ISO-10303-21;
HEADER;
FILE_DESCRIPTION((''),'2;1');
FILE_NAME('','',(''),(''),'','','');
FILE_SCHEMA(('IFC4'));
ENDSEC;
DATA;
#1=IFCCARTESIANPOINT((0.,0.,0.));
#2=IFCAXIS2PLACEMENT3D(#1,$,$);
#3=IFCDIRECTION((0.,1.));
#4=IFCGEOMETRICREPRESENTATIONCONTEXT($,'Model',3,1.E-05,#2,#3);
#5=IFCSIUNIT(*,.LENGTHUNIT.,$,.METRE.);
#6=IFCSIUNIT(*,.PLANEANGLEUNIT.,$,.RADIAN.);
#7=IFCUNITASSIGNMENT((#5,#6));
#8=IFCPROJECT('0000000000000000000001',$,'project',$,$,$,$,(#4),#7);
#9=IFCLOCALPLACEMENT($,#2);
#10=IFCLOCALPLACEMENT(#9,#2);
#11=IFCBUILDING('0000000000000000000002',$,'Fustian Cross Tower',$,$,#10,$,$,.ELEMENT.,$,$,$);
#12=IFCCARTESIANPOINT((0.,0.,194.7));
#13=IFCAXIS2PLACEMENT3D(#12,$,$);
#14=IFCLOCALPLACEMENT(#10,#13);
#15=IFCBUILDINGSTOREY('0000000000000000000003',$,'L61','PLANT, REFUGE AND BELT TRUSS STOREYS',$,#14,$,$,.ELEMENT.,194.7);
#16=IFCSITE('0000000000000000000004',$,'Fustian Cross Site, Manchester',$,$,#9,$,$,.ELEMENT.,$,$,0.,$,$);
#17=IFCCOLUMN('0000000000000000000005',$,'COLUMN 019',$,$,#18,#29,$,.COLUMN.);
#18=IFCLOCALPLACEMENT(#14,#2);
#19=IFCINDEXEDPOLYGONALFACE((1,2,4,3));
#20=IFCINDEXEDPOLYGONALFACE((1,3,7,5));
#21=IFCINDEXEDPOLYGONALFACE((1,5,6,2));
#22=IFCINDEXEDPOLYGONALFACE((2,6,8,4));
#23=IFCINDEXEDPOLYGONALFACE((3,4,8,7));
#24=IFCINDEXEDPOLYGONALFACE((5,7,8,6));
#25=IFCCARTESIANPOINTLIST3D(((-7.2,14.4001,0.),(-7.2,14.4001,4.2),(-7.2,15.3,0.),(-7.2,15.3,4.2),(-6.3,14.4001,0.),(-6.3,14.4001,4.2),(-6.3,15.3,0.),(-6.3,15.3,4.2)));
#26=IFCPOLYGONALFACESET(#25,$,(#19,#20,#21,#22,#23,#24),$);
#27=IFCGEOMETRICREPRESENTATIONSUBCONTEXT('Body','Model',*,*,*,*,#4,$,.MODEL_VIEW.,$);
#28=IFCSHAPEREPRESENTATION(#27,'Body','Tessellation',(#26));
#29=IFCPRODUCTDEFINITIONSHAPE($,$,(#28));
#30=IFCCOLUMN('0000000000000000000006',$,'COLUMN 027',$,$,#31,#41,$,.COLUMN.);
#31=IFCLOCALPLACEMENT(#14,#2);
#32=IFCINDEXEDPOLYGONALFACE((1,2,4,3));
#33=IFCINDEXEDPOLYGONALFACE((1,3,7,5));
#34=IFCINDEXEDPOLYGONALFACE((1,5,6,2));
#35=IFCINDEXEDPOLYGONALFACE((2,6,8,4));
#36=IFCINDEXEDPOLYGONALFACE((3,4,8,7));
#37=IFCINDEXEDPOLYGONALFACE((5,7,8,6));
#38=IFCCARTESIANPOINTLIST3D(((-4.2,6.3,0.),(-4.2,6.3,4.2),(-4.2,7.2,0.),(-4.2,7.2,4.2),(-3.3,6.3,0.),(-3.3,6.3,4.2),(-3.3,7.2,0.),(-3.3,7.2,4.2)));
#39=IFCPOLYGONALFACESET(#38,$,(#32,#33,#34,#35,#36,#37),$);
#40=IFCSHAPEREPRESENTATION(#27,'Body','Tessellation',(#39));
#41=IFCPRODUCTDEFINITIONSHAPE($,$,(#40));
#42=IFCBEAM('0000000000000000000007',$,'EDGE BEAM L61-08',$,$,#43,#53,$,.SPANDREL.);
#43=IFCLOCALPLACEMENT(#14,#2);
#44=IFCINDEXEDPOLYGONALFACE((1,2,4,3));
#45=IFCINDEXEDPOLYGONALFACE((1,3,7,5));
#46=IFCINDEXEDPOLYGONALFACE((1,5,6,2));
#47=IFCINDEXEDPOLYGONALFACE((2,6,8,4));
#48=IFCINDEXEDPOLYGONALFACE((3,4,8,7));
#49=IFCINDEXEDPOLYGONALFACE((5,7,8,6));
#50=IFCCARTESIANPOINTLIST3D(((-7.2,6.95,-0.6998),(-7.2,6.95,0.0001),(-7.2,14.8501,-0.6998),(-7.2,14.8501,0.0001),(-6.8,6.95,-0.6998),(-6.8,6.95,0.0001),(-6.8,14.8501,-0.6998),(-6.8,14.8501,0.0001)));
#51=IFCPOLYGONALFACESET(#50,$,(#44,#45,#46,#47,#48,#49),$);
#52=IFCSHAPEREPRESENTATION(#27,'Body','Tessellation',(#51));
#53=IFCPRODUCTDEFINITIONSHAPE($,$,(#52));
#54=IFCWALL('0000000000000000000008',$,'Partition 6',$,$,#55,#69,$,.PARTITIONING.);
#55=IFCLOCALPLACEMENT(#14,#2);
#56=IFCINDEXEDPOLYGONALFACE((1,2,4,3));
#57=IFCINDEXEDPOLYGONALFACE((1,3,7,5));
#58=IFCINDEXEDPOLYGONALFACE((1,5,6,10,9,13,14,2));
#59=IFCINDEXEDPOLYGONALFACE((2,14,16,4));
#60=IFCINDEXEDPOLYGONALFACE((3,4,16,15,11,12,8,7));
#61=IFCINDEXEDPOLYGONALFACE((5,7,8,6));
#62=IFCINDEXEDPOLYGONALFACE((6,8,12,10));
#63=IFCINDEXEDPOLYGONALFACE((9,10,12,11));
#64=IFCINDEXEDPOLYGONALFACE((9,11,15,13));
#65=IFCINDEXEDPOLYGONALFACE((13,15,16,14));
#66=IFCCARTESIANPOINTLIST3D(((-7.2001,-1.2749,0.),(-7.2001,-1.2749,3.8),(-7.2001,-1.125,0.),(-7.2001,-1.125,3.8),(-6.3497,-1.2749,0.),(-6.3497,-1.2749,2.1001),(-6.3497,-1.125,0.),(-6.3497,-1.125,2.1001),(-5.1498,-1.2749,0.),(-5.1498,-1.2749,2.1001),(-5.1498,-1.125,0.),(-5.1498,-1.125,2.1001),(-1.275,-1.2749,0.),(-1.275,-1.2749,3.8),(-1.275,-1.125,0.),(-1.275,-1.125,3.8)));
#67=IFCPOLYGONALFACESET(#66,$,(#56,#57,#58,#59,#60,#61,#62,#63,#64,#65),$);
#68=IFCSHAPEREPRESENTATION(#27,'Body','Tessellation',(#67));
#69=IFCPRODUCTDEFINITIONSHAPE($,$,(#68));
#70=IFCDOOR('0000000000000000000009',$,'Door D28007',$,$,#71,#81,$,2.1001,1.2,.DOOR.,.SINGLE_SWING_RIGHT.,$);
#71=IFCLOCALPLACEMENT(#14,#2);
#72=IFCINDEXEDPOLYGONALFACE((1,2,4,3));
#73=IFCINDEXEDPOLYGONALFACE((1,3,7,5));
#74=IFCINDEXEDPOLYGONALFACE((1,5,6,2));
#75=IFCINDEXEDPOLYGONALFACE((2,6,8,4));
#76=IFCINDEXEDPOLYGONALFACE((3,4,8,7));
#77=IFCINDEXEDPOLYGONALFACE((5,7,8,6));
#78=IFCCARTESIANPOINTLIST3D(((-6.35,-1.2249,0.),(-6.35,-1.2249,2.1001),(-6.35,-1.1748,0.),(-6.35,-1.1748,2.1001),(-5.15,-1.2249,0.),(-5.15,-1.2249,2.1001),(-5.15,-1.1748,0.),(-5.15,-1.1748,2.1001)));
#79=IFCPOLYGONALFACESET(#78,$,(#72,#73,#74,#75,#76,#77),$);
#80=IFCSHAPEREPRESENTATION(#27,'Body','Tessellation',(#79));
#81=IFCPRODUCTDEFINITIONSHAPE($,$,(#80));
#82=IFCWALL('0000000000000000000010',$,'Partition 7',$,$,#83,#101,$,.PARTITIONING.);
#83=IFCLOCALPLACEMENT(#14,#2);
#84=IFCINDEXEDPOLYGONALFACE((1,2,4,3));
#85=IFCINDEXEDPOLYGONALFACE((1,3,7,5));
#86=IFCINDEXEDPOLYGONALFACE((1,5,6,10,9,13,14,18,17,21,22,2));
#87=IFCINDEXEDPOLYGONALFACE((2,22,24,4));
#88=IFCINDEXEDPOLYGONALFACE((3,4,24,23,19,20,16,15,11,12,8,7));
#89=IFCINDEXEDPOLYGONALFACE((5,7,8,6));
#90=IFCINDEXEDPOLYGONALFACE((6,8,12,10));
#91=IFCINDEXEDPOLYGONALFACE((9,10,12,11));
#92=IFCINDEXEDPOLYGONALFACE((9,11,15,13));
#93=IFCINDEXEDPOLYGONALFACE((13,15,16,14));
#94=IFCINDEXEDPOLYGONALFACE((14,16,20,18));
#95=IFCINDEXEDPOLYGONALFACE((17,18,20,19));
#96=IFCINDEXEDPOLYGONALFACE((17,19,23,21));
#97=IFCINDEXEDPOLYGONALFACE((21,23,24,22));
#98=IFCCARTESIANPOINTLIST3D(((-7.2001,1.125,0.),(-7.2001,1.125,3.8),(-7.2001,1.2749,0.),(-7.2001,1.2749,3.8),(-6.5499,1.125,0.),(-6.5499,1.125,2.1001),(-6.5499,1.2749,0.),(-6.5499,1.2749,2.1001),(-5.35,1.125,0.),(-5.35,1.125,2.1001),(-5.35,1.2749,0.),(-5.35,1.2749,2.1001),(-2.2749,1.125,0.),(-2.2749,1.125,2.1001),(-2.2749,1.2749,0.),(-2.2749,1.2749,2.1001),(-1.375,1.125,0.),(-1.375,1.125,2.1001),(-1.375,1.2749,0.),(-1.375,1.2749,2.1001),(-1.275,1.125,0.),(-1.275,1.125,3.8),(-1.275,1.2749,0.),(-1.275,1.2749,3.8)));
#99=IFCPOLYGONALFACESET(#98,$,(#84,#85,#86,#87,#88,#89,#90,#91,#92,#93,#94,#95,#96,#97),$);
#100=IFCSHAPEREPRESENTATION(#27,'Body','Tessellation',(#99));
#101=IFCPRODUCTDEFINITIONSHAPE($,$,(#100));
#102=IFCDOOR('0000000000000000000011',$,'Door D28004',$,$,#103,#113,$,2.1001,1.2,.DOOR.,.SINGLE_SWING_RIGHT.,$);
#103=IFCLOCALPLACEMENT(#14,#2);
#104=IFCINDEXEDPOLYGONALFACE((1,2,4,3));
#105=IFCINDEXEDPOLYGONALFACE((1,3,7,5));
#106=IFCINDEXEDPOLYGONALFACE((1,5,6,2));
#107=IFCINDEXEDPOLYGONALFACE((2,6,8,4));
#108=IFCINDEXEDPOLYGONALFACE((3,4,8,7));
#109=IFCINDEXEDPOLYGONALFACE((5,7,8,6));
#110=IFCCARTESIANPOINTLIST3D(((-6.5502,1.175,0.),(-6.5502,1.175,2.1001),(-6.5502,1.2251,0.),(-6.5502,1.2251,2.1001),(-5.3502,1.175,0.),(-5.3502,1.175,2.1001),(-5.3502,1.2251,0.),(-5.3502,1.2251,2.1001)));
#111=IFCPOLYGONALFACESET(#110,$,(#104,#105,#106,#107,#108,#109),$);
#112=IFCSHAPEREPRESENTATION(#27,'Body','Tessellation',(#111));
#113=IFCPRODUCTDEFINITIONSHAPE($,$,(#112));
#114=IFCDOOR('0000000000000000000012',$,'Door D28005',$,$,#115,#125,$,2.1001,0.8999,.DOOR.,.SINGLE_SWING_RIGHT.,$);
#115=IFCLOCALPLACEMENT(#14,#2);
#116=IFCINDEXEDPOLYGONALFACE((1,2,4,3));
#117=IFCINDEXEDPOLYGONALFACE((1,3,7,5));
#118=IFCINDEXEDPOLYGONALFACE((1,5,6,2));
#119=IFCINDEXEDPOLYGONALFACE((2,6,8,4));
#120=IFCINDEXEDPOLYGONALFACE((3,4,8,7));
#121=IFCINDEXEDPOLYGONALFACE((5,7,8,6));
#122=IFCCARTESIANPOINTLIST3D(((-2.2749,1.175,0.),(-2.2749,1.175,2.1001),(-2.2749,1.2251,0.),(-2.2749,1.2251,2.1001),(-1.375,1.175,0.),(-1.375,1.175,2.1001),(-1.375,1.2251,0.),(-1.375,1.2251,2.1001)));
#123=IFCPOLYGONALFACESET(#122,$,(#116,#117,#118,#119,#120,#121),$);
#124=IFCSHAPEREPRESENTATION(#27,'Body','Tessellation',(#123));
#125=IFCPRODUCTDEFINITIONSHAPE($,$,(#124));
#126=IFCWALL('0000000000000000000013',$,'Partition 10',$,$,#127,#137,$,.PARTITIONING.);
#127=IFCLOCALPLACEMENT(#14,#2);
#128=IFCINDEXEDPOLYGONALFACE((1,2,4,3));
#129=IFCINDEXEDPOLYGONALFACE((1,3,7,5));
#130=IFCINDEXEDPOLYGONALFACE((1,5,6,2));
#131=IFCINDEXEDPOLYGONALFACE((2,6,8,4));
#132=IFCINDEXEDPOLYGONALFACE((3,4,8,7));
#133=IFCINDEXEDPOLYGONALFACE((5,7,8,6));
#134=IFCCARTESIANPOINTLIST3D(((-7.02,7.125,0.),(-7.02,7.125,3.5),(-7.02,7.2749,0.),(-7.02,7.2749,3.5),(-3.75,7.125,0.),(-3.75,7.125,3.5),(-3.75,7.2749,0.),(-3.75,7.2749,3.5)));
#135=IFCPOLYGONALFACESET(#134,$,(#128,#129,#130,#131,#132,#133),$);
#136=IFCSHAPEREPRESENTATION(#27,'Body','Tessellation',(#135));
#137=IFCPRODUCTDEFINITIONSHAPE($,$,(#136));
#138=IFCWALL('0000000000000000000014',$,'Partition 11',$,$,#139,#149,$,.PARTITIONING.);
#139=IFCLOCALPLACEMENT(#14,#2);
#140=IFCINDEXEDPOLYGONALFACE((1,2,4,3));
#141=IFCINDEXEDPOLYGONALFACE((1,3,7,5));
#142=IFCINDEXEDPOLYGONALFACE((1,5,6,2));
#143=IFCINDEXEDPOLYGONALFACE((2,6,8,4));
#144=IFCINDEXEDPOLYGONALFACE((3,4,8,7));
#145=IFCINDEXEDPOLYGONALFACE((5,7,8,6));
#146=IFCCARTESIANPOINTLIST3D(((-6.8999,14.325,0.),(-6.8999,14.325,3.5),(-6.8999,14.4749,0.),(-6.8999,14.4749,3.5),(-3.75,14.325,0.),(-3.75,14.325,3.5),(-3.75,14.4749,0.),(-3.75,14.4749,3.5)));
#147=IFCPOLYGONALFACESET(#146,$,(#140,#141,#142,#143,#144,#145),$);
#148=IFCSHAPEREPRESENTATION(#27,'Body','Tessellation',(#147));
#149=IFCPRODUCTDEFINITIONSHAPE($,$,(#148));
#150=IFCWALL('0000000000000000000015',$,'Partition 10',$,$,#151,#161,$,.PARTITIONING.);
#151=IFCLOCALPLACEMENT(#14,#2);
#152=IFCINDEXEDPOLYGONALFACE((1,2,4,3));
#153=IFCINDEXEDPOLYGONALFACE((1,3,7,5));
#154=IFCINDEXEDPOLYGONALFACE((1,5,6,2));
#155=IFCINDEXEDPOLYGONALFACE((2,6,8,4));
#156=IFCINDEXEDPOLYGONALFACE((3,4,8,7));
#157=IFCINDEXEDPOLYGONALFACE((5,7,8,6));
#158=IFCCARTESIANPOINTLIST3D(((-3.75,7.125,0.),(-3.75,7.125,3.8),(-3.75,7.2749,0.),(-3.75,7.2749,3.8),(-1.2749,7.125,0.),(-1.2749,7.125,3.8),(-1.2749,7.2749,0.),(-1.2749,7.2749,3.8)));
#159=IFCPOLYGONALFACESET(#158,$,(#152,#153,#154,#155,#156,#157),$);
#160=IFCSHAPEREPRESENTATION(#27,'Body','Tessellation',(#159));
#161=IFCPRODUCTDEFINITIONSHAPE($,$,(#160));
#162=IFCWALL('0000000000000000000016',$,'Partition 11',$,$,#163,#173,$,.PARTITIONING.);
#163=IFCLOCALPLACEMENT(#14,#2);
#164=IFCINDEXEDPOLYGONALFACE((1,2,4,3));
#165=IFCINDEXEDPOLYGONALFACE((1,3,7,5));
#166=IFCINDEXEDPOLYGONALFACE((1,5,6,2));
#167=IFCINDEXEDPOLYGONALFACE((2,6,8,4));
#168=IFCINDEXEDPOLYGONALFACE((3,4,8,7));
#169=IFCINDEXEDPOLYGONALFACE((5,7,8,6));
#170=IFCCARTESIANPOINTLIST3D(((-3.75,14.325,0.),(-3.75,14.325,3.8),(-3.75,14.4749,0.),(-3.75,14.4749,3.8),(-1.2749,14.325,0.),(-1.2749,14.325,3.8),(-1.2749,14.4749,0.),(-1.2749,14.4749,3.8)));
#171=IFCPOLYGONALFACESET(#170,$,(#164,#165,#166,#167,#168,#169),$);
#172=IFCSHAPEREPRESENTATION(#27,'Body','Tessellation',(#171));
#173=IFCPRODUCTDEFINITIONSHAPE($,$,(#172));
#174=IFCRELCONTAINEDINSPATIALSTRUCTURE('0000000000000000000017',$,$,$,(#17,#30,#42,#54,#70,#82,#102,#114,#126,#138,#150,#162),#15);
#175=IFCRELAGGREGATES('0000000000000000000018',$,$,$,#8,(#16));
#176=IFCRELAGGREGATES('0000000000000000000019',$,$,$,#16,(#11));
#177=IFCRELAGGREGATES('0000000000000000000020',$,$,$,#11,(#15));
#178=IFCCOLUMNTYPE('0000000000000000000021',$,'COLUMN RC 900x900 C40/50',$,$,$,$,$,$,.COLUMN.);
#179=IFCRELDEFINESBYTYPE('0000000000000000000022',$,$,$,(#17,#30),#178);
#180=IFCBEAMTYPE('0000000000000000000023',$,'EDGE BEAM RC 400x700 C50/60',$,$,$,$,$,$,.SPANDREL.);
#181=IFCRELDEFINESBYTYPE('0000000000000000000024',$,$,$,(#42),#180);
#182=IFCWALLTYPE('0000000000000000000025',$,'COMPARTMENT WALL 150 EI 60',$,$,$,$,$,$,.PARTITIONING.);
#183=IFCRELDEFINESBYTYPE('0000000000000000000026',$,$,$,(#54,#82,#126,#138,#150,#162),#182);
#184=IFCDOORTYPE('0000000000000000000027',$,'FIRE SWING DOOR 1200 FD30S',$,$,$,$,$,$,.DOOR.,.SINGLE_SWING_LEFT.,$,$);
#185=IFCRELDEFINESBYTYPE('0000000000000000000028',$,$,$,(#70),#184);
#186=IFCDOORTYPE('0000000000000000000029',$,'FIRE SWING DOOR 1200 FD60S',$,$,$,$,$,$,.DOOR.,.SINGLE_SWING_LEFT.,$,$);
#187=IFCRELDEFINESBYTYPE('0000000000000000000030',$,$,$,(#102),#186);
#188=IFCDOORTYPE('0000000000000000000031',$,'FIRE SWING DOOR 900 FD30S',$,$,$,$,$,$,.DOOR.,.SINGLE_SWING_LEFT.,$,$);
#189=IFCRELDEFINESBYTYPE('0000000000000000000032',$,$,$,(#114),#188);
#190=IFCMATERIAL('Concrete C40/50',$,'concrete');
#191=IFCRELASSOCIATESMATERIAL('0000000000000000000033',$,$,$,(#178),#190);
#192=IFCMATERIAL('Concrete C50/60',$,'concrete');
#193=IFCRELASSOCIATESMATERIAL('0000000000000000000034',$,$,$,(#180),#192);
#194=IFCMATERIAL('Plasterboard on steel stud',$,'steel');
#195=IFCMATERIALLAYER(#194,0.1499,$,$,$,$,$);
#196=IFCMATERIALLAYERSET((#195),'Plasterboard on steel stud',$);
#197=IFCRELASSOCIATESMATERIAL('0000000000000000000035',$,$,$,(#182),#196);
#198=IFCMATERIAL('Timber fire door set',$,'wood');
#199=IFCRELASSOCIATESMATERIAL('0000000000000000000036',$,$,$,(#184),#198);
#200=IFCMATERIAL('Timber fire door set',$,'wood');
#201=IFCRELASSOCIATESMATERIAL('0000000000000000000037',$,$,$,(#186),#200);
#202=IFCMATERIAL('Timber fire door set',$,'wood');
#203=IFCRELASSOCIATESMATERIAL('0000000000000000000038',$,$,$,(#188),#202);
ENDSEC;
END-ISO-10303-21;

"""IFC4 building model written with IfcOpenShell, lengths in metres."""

from ifc_helpers import new_model, si_unit, direction, frame, frame_2d, origin, origin_2d, place, context, subcontext, project, spatial, rectangle, extrude, material, layer, layer_set, material_profile, profile_set, type_object, element, fill, save


model = new_model("IFC4")

# Units and contexts
model_context = context("Model", 3, precision=1e-05, world=origin(), true_north=direction((0.0, 1.0)))
body_context = subcontext(model_context, "Body", "Model", "MODEL_VIEW")
ifc_project = project(units=[si_unit("LENGTHUNIT", "METRE"), si_unit("PLANEANGLEUNIT", "RADIAN")], contexts=[model_context])

# Site, building, storey
site_placement = place(None, origin())
site = spatial("IfcSite", under=ifc_project, at=site_placement, Name="Fustian Cross Site, Manchester", CompositionType="ELEMENT", RefElevation=0.0)
building_placement = place(site_placement, origin())
building = spatial("IfcBuilding", under=site, at=building_placement, Name="Fustian Cross Tower", CompositionType="ELEMENT")
storey_placement = place(building_placement, frame((0.0, 0.0, 194.7)))
storey = spatial("IfcBuildingStorey", under=building, at=storey_placement, Name="L61", Description="PLANT, REFUGE AND BELT TRUSS STOREYS", CompositionType="ELEMENT", Elevation=194.7)

# Columns
ifc_material_1 = material(Name="Concrete C40/50", Category="concrete")
ifc_material_profile_1 = material_profile(ifc_material_1, rectangle(XDim=0.8999, YDim=0.8999, at=origin_2d()), Name="RC 900x900")
ifc_profile_set_1 = profile_set([ifc_material_profile_1], Name="Concrete C40/50")
column_type = type_object("IfcColumnType", Name="COLUMN RC 900x900 C40/50", PredefinedType="COLUMN", material=ifc_profile_set_1)
for number, where, z_axis, x_axis, name in (
    (1, (-6.75, 14.8501, 0.0), (0.0, 0.0, 1.0), (1.0, 0.0, 0.0), "COLUMN 019"),
    (2, (-3.75, 6.75, 0.0), (0.0, 0.0, 1.0), (1.0, 0.0, 0.0), "COLUMN 027"),
):
    element("IfcColumn", number, at=place(storey_placement, frame(where, z_axis=z_axis, x_axis=x_axis)), inside=storey, type_object=column_type, Name=name, PredefinedType="COLUMN", context=body_context, shape_type="SweptSolid", body=[
        extrude(rectangle(XDim=0.8999, YDim=0.8999, at=origin_2d()), origin(), (0.0, 0.0, 1.0), 4.2),
    ])

# Beam
ifc_material_2 = material(Name="Concrete C50/60", Category="concrete")
ifc_material_profile_2 = material_profile(ifc_material_2, rectangle(XDim=0.3999, YDim=0.7, at=origin_2d()), Name="RC 400x700")
ifc_profile_set_2 = profile_set([ifc_material_profile_2], Name="Concrete C50/60")
beam_type = type_object("IfcBeamType", Name="EDGE BEAM RC 400x700 C50/60", PredefinedType="SPANDREL", material=ifc_profile_set_2)
beam_placement = place(storey_placement, frame((-7.0, 14.8501, -0.3499), z_axis=(0.0, -1.0, 0.0), x_axis=(1.0, 0.0, 0.0)))
element("IfcBeam", 3, at=beam_placement, inside=storey, type_object=beam_type, Name="EDGE BEAM L61-08", PredefinedType="SPANDREL", context=body_context, shape_type="SweptSolid", body=[
    extrude(rectangle(XDim=0.3999, YDim=0.7, at=origin_2d()), origin(), (0.0, 0.0, 1.0), 7.9001),
])

# Wall, opening, door
ifc_material_3 = material(Name="Plasterboard on steel stud", Category="steel")
ifc_layer_1 = layer(ifc_material_3, 0.1499)
ifc_layer_set_1 = layer_set([ifc_layer_1], Name="Plasterboard on steel stud")
wall_type_1 = type_object("IfcWallType", Name="COMPARTMENT WALL 150 EI 60", PredefinedType="PARTITIONING", material=ifc_layer_set_1)
wall_1_placement = place(storey_placement, frame((-7.2, -1.2, 0.0), z_axis=(0.0, 0.0, 1.0), x_axis=(1.0, 0.0, 0.0)))
wall_1 = element("IfcWall", 4, at=wall_1_placement, inside=storey, type_object=wall_type_1, Name="Partition 6", PredefinedType="PARTITIONING", context=body_context, shape_type="SweptSolid", body=[
    extrude(rectangle(XDim=5.925, YDim=0.1499, at=frame_2d((2.9624, 0.0))), origin(), (0.0, 0.0, 1.0), 3.8),
])
opening_1_placement = place(wall_1_placement, frame((0.8501, 0.0, 0.0)))
opening_1 = element("IfcOpeningElement", 5, at=opening_1_placement, cuts=wall_1, PredefinedType="OPENING", context=body_context, shape_type="SweptSolid", body=[
    extrude(rectangle(XDim=1.2, YDim=2.1001, at=frame_2d((0.6001, 1.05))), frame((0.0, 0.085, 0.0), z_axis=(0.0, -1.0, 0.0), x_axis=(1.0, 0.0, 0.0)), (0.0, 0.0, 1.0), 0.1699),
])
ifc_material_4 = material(Name="Timber fire door set", Category="wood")
door_type_1 = type_object("IfcDoorType", Name="FIRE SWING DOOR 1200 FD30S", OperationType="SINGLE_SWING_LEFT", PredefinedType="DOOR", material=ifc_material_4)
door_1_placement = place(opening_1_placement, frame((1.2, 0.0, 0.0), z_axis=(0.0, 0.0, 1.0), x_axis=(-1.0, 0.0, 0.0)))
door_1 = element("IfcDoor", 6, at=door_1_placement, inside=storey, type_object=door_type_1, Name="Door D28007", OperationType="SINGLE_SWING_RIGHT", OverallHeight=2.1001, OverallWidth=1.2, PredefinedType="DOOR", context=body_context, shape_type="SweptSolid", body=[
    extrude(rectangle(XDim=1.2, YDim=2.1001, at=frame_2d((0.6001, 1.05))), frame((0.0, 0.0249, 0.0), z_axis=(0.0, -1.0, 0.0), x_axis=(1.0, 0.0, 0.0)), (0.0, 0.0, 1.0), 0.05),
])
fill(opening_1, door_1)

# Wall, openings, doors
wall_2_placement = place(storey_placement, frame((-7.2, 1.2, 0.0), z_axis=(0.0, 0.0, 1.0), x_axis=(1.0, 0.0, 0.0)))
wall_2 = element("IfcWall", 7, at=wall_2_placement, inside=storey, type_object=wall_type_1, Name="Partition 7", PredefinedType="PARTITIONING", context=body_context, shape_type="SweptSolid", body=[
    extrude(rectangle(XDim=5.925, YDim=0.1499, at=frame_2d((2.9624, 0.0))), origin(), (0.0, 0.0, 1.0), 3.8),
])
opening_2_placement = place(wall_2_placement, frame((0.6499, 0.0, 0.0)))
opening_2 = element("IfcOpeningElement", 8, at=opening_2_placement, cuts=wall_2, PredefinedType="OPENING", context=body_context, shape_type="SweptSolid", body=[
    extrude(rectangle(XDim=1.2, YDim=2.1001, at=frame_2d((0.6001, 1.05))), frame((0.0, 0.085, 0.0), z_axis=(0.0, -1.0, 0.0), x_axis=(1.0, 0.0, 0.0)), (0.0, 0.0, 1.0), 0.1699),
])
opening_3_placement = place(wall_2_placement, frame((4.925, 0.0, 0.0)))
opening_3 = element("IfcOpeningElement", 9, at=opening_3_placement, cuts=wall_2, PredefinedType="OPENING", context=body_context, shape_type="SweptSolid", body=[
    extrude(rectangle(XDim=0.8999, YDim=2.1001, at=frame_2d((0.45, 1.05))), frame((0.0, 0.085, 0.0), z_axis=(0.0, -1.0, 0.0), x_axis=(1.0, 0.0, 0.0)), (0.0, 0.0, 1.0), 0.1699),
])
ifc_material_5 = material(Name="Timber fire door set", Category="wood")
door_type_2 = type_object("IfcDoorType", Name="FIRE SWING DOOR 1200 FD60S", OperationType="SINGLE_SWING_LEFT", PredefinedType="DOOR", material=ifc_material_5)
door_2_placement = place(opening_2_placement, frame((1.2, 0.0, 0.0), z_axis=(0.0, 0.0, 1.0), x_axis=(-1.0, 0.0, 0.0)))
door_2 = element("IfcDoor", 10, at=door_2_placement, inside=storey, type_object=door_type_2, Name="Door D28004", OperationType="SINGLE_SWING_RIGHT", OverallHeight=2.1001, OverallWidth=1.2, PredefinedType="DOOR", context=body_context, shape_type="SweptSolid", body=[
    extrude(rectangle(XDim=1.2, YDim=2.1001, at=frame_2d((0.6001, 1.05))), frame((0.0, 0.0249, 0.0), z_axis=(0.0, -1.0, 0.0), x_axis=(1.0, 0.0, 0.0)), (0.0, 0.0, 1.0), 0.05),
])
fill(opening_2, door_2)
ifc_material_6 = material(Name="Timber fire door set", Category="wood")
door_type_3 = type_object("IfcDoorType", Name="FIRE SWING DOOR 900 FD30S", OperationType="SINGLE_SWING_LEFT", PredefinedType="DOOR", material=ifc_material_6)
door_3_placement = place(opening_3_placement, frame((0.8999, 0.0, 0.0), z_axis=(0.0, 0.0, 1.0), x_axis=(-1.0, 0.0, 0.0)))
door_3 = element("IfcDoor", 11, at=door_3_placement, inside=storey, type_object=door_type_3, Name="Door D28005", OperationType="SINGLE_SWING_RIGHT", OverallHeight=2.1001, OverallWidth=0.8999, PredefinedType="DOOR", context=body_context, shape_type="SweptSolid", body=[
    extrude(rectangle(XDim=0.8999, YDim=2.1001, at=frame_2d((0.45, 1.05))), frame((0.0, 0.0249, 0.0), z_axis=(0.0, -1.0, 0.0), x_axis=(1.0, 0.0, 0.0)), (0.0, 0.0, 1.0), 0.05),
])
fill(opening_3, door_3)

# Walls
wall_3_placement = place(storey_placement, frame((-7.02, 7.2, 0.0), z_axis=(0.0, 0.0, 1.0), x_axis=(1.0, 0.0, 0.0)))
element("IfcWall", 12, at=wall_3_placement, inside=storey, type_object=wall_type_1, Name="Partition 10", PredefinedType="PARTITIONING", context=body_context, shape_type="SweptSolid", body=[
    extrude(rectangle(XDim=3.27, YDim=0.1499, at=frame_2d((1.635, 0.0))), origin(), (0.0, 0.0, 1.0), 3.5),
])
wall_4_placement = place(storey_placement, frame((-6.8999, 14.3999, 0.0), z_axis=(0.0, 0.0, 1.0), x_axis=(1.0, 0.0, 0.0)))
element("IfcWall", 13, at=wall_4_placement, inside=storey, type_object=wall_type_1, Name="Partition 11", PredefinedType="PARTITIONING", context=body_context, shape_type="SweptSolid", body=[
    extrude(rectangle(XDim=3.1499, YDim=0.1499, at=frame_2d((1.575, 0.0))), origin(), (0.0, 0.0, 1.0), 3.5),
])
for number, where, z_axis, x_axis, name in (
    (14, (-3.75, 7.2, 0.0), (0.0, 0.0, 1.0), (1.0, 0.0, 0.0), "Partition 10"),
    (15, (-3.75, 14.3999, 0.0), (0.0, 0.0, 1.0), (1.0, 0.0, 0.0), "Partition 11"),
):
    element("IfcWall", number, at=place(storey_placement, frame(where, z_axis=z_axis, x_axis=x_axis)), inside=storey, type_object=wall_type_1, Name=name, PredefinedType="PARTITIONING", context=body_context, shape_type="SweptSolid", body=[
        extrude(rectangle(XDim=2.4751, YDim=0.1499, at=frame_2d((1.2375, 0.0))), origin(), (0.0, 0.0, 1.0), 3.8),
    ])

save(model, "model.ifc")
